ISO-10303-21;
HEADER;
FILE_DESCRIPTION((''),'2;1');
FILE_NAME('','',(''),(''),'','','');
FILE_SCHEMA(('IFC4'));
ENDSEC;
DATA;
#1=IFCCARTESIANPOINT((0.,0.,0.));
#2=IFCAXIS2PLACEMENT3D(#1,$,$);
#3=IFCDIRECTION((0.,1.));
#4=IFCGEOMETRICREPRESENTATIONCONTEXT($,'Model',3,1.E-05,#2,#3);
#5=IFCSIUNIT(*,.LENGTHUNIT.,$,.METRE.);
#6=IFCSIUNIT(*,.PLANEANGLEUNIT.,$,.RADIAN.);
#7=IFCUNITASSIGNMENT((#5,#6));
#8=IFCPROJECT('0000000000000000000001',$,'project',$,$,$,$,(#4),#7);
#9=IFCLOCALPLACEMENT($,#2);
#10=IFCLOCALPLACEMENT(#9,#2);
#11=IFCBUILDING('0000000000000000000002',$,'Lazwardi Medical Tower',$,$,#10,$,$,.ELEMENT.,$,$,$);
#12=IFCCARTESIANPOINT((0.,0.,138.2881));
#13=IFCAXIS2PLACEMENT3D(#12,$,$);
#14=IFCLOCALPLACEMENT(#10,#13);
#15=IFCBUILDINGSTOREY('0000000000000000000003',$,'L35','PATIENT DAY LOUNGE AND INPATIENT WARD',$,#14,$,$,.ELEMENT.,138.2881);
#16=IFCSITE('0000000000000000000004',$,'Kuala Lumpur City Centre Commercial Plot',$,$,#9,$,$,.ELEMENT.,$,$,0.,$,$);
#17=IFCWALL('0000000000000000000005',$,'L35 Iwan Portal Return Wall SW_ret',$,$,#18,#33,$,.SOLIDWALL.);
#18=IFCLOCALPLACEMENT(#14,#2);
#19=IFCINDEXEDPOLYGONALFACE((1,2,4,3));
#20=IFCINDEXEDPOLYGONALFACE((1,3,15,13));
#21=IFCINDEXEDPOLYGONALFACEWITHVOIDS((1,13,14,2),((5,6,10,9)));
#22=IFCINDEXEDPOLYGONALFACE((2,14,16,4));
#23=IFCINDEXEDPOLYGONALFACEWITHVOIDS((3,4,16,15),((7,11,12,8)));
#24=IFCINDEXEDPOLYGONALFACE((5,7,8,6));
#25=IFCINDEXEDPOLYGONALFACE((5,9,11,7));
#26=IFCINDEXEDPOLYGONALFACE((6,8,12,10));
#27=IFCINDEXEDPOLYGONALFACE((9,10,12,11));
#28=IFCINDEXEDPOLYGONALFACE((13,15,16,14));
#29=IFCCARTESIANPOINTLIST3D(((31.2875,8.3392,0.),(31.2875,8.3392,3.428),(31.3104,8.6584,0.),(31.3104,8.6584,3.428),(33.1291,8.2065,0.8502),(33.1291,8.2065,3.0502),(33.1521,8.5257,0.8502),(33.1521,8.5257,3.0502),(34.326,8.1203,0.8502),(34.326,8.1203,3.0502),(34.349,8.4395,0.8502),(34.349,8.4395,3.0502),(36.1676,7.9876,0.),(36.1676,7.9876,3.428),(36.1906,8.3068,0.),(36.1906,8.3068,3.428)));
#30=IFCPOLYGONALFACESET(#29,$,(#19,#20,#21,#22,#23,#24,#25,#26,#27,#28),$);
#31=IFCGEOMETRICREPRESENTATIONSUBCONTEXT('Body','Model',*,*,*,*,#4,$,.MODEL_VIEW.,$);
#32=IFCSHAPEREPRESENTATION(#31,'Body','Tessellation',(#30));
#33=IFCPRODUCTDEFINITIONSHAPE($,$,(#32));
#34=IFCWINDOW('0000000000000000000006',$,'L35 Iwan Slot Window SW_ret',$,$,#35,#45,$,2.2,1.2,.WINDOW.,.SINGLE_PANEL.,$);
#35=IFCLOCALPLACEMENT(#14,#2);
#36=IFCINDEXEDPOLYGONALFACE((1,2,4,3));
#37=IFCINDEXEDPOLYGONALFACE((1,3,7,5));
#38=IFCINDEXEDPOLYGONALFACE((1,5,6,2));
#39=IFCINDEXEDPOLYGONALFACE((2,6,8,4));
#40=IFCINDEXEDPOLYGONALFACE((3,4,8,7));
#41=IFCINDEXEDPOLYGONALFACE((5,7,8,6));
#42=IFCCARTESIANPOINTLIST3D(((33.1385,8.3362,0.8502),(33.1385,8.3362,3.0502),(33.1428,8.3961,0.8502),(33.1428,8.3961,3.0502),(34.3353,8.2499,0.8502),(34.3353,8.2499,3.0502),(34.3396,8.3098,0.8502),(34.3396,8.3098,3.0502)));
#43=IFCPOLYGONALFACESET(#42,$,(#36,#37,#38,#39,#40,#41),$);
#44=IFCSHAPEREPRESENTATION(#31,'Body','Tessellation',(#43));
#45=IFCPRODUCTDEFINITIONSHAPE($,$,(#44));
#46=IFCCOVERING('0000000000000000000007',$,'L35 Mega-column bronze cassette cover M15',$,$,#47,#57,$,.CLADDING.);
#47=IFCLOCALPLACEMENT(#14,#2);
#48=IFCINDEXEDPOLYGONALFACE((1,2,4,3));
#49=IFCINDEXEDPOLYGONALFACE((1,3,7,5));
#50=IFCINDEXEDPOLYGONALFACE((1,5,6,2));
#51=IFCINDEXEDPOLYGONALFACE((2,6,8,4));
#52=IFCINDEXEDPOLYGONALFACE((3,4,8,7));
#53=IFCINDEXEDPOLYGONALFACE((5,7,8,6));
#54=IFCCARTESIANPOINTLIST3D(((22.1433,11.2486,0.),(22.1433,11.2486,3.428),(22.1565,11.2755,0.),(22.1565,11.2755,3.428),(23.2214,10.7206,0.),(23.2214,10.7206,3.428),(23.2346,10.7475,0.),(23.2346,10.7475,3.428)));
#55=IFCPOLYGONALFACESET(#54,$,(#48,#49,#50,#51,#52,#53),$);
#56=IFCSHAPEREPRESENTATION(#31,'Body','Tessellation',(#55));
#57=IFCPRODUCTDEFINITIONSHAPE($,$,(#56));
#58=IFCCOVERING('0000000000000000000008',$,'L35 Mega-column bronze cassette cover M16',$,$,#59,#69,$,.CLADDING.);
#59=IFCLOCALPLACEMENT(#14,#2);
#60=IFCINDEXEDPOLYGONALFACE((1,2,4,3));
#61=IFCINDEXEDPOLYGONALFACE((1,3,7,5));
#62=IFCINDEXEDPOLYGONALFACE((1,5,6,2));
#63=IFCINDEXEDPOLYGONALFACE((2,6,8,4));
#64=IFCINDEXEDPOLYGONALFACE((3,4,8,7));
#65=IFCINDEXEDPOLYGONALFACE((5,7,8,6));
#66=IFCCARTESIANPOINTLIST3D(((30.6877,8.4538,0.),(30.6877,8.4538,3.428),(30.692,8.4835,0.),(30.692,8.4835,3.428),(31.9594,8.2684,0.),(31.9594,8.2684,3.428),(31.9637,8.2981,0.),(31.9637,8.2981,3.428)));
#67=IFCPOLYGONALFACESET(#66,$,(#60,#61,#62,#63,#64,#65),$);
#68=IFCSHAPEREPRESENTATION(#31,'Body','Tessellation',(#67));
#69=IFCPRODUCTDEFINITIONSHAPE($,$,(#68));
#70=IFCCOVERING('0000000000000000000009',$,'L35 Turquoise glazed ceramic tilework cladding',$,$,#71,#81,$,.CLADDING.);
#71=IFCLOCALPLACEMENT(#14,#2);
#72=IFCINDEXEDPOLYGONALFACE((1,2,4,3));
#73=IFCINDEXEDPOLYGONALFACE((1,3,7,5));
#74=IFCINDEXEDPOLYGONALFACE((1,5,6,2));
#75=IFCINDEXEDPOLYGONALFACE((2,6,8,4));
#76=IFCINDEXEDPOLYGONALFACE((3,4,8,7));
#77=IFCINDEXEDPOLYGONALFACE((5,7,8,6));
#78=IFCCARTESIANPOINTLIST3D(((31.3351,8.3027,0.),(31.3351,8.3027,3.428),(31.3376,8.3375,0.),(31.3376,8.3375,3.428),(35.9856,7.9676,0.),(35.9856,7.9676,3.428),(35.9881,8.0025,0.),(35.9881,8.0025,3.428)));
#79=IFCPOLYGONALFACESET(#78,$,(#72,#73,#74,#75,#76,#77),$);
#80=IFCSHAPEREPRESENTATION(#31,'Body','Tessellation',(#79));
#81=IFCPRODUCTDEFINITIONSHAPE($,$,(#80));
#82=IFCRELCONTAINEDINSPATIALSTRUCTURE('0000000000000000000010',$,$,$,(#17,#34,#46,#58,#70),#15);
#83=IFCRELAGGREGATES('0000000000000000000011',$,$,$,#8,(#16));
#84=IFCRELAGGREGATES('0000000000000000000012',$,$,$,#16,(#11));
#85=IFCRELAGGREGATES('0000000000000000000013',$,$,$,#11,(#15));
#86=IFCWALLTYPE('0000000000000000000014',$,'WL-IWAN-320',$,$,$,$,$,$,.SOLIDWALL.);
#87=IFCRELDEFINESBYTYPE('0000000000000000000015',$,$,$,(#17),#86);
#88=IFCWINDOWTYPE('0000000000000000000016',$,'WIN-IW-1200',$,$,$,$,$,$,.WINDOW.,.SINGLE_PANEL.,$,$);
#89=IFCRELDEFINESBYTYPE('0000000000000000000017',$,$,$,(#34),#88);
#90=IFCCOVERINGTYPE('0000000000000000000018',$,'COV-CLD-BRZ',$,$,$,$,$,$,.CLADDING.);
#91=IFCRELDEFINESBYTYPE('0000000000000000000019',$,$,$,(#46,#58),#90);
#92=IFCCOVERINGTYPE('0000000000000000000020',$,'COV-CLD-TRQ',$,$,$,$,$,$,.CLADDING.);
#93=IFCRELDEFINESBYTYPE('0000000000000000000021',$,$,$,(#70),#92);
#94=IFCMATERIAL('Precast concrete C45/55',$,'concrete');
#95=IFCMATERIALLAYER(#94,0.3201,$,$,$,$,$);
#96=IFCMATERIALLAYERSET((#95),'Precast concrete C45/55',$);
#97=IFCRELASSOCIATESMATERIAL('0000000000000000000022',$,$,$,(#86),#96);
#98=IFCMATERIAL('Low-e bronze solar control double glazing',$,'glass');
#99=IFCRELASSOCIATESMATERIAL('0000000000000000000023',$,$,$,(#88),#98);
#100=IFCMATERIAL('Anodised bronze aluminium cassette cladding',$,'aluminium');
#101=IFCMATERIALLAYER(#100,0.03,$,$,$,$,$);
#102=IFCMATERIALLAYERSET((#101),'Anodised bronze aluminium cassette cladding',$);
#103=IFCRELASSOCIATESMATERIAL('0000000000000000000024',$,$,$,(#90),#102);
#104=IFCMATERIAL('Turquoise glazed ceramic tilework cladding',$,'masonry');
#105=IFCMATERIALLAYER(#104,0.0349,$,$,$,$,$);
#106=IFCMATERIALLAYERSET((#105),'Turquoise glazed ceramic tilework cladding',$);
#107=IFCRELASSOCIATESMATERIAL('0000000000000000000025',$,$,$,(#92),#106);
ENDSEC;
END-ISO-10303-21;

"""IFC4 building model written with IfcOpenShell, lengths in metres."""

from ifc_helpers import new_model, si_unit, direction, frame, frame_2d, origin, origin_2d, place, context, subcontext, project, spatial, rectangle, extrude, material, layer, layer_set, type_object, element, fill, save


model = new_model("IFC4")

# Units and contexts
model_context = context("Model", 3, precision=1e-05, world=origin(), true_north=direction((0.0, 1.0)))
body_context = subcontext(model_context, "Body", "Model", "MODEL_VIEW")
ifc_project = project(units=[si_unit("LENGTHUNIT", "METRE"), si_unit("PLANEANGLEUNIT", "RADIAN")], contexts=[model_context])

# Site, building, storey
site_placement = place(None, origin())
site = spatial("IfcSite", under=ifc_project, at=site_placement, Name="Kuala Lumpur City Centre Commercial Plot", CompositionType="ELEMENT", RefElevation=0.0)
building_placement = place(site_placement, origin())
building = spatial("IfcBuilding", under=site, at=building_placement, Name="Lazwardi Medical Tower", CompositionType="ELEMENT")
storey_placement = place(building_placement, frame((0.0, 0.0, 138.2881)))
storey = spatial("IfcBuildingStorey", under=building, at=storey_placement, Name="L35", Description="PATIENT DAY LOUNGE AND INPATIENT WARD", CompositionType="ELEMENT", Elevation=138.2881)

# Shared definitions
ifc_material_1 = material(Name="Low-e bronze solar control double glazing", Category="glass")

# Wall, opening, window
ifc_material_2 = material(Name="Precast concrete C45/55", Category="concrete")
ifc_layer_1 = layer(ifc_material_2, 0.3201)
ifc_layer_set_1 = layer_set([ifc_layer_1], Name="Precast concrete C45/55")
wall_type = type_object("IfcWallType", Name="WL-IWAN-320", PredefinedType="SOLIDWALL", material=ifc_layer_set_1)
wall_placement = place(storey_placement, frame((31.2991, 8.4988, 0.0), z_axis=(0.0, 0.0, 1.0), x_axis=(0.997415, -0.071853, 0.0)))
wall = element("IfcWall", 1, at=wall_placement, inside=storey, type_object=wall_type, Name="L35 Iwan Portal Return Wall SW_ret", PredefinedType="SOLIDWALL", context=body_context, shape_type="SweptSolid", body=[
    extrude(rectangle(XDim=4.8928, YDim=0.3201, at=frame_2d((2.4463, 0.0))), origin(), (0.0, 0.0, 1.0), 3.428),
])
opening_placement = place(wall_placement, frame((1.8462, 0.0, 0.8501)))
opening = element("IfcOpeningElement", 2, at=opening_placement, cuts=wall, PredefinedType="OPENING", context=body_context, shape_type="SweptSolid", body=[
    extrude(rectangle(XDim=1.2, YDim=2.2, at=frame_2d((0.6001, 1.1001))), frame((0.0, 0.1699, 0.0), z_axis=(0.0, -1.0, 0.0), x_axis=(1.0, 0.0, 0.0)), (0.0, 0.0, 1.0), 0.3401),
])
window_type = type_object("IfcWindowType", Name="WIN-IW-1200", PartitioningType="SINGLE_PANEL", PredefinedType="WINDOW", material=ifc_material_1)
window_placement = place(opening_placement, origin())
window = element("IfcWindow", 3, at=window_placement, inside=storey, type_object=window_type, Name="L35 Iwan Slot Window SW_ret", OverallHeight=2.2, OverallWidth=1.2, PartitioningType="SINGLE_PANEL", PredefinedType="WINDOW", context=body_context, shape_type="SweptSolid", body=[
    extrude(rectangle(XDim=1.2, YDim=2.2, at=frame_2d((0.6001, 1.1001))), frame((0.0, 0.03, 0.0), z_axis=(0.0, -1.0, 0.0), x_axis=(1.0, 0.0, 0.0)), (0.0, 0.0, 1.0), 0.0601),
])
fill(opening, window)

# Coverings
ifc_material_3 = material(Name="Anodised bronze aluminium cassette cladding", Category="aluminium")
ifc_layer_2 = layer(ifc_material_3, 0.03)
ifc_layer_set_2 = layer_set([ifc_layer_2], Name="Anodised bronze aluminium cassette cladding")
covering_type_1 = type_object("IfcCoveringType", Name="COV-CLD-BRZ", PredefinedType="CLADDING", material=ifc_layer_set_2)
covering_1_placement = place(storey_placement, frame((22.689, 10.998, 0.0), z_axis=(0.0, 0.0, 1.0), x_axis=(0.898079, -0.439834, 0.0)))
element("IfcCovering", 4, at=covering_1_placement, inside=storey, type_object=covering_type_1, Name="L35 Mega-column bronze cassette cover M15", PredefinedType="CLADDING", context=body_context, shape_type="SweptSolid", body=[
    extrude(rectangle(XDim=1.2004, YDim=0.03, at=origin_2d()), origin(), (0.0, 0.0, 1.0), 3.428),
])
covering_2_placement = place(storey_placement, frame((31.3257, 8.376, 0.0), z_axis=(0.0, 0.0, 1.0), x_axis=(0.989539, -0.144265, 0.0)))
element("IfcCovering", 5, at=covering_2_placement, inside=storey, type_object=covering_type_1, Name="L35 Mega-column bronze cassette cover M16", PredefinedType="CLADDING", context=body_context, shape_type="SweptSolid", body=[
    extrude(rectangle(XDim=1.2852, YDim=0.03, at=origin_2d()), origin(), (0.0, 0.0, 1.0), 3.428),
])
ifc_material_4 = material(Name="Turquoise glazed ceramic tilework cladding", Category="masonry")
ifc_layer_3 = layer(ifc_material_4, 0.0349)
ifc_layer_set_3 = layer_set([ifc_layer_3], Name="Turquoise glazed ceramic tilework cladding")
covering_type_2 = type_object("IfcCoveringType", Name="COV-CLD-TRQ", PredefinedType="CLADDING", material=ifc_layer_set_3)
covering_3_placement = place(storey_placement, frame((33.6616, 8.1526, 0.0), z_axis=(0.0, 0.0, 1.0), x_axis=(0.997414, -0.071868, 0.0)))
element("IfcCovering", 6, at=covering_3_placement, inside=storey, type_object=covering_type_2, Name="L35 Turquoise glazed ceramic tilework cladding", PredefinedType="CLADDING", context=body_context, shape_type="SweptSolid", body=[
    extrude(rectangle(XDim=4.6626, YDim=0.0349, at=origin_2d()), origin(), (0.0, 0.0, 1.0), 3.428),
])

save(model, "model.ifc")
